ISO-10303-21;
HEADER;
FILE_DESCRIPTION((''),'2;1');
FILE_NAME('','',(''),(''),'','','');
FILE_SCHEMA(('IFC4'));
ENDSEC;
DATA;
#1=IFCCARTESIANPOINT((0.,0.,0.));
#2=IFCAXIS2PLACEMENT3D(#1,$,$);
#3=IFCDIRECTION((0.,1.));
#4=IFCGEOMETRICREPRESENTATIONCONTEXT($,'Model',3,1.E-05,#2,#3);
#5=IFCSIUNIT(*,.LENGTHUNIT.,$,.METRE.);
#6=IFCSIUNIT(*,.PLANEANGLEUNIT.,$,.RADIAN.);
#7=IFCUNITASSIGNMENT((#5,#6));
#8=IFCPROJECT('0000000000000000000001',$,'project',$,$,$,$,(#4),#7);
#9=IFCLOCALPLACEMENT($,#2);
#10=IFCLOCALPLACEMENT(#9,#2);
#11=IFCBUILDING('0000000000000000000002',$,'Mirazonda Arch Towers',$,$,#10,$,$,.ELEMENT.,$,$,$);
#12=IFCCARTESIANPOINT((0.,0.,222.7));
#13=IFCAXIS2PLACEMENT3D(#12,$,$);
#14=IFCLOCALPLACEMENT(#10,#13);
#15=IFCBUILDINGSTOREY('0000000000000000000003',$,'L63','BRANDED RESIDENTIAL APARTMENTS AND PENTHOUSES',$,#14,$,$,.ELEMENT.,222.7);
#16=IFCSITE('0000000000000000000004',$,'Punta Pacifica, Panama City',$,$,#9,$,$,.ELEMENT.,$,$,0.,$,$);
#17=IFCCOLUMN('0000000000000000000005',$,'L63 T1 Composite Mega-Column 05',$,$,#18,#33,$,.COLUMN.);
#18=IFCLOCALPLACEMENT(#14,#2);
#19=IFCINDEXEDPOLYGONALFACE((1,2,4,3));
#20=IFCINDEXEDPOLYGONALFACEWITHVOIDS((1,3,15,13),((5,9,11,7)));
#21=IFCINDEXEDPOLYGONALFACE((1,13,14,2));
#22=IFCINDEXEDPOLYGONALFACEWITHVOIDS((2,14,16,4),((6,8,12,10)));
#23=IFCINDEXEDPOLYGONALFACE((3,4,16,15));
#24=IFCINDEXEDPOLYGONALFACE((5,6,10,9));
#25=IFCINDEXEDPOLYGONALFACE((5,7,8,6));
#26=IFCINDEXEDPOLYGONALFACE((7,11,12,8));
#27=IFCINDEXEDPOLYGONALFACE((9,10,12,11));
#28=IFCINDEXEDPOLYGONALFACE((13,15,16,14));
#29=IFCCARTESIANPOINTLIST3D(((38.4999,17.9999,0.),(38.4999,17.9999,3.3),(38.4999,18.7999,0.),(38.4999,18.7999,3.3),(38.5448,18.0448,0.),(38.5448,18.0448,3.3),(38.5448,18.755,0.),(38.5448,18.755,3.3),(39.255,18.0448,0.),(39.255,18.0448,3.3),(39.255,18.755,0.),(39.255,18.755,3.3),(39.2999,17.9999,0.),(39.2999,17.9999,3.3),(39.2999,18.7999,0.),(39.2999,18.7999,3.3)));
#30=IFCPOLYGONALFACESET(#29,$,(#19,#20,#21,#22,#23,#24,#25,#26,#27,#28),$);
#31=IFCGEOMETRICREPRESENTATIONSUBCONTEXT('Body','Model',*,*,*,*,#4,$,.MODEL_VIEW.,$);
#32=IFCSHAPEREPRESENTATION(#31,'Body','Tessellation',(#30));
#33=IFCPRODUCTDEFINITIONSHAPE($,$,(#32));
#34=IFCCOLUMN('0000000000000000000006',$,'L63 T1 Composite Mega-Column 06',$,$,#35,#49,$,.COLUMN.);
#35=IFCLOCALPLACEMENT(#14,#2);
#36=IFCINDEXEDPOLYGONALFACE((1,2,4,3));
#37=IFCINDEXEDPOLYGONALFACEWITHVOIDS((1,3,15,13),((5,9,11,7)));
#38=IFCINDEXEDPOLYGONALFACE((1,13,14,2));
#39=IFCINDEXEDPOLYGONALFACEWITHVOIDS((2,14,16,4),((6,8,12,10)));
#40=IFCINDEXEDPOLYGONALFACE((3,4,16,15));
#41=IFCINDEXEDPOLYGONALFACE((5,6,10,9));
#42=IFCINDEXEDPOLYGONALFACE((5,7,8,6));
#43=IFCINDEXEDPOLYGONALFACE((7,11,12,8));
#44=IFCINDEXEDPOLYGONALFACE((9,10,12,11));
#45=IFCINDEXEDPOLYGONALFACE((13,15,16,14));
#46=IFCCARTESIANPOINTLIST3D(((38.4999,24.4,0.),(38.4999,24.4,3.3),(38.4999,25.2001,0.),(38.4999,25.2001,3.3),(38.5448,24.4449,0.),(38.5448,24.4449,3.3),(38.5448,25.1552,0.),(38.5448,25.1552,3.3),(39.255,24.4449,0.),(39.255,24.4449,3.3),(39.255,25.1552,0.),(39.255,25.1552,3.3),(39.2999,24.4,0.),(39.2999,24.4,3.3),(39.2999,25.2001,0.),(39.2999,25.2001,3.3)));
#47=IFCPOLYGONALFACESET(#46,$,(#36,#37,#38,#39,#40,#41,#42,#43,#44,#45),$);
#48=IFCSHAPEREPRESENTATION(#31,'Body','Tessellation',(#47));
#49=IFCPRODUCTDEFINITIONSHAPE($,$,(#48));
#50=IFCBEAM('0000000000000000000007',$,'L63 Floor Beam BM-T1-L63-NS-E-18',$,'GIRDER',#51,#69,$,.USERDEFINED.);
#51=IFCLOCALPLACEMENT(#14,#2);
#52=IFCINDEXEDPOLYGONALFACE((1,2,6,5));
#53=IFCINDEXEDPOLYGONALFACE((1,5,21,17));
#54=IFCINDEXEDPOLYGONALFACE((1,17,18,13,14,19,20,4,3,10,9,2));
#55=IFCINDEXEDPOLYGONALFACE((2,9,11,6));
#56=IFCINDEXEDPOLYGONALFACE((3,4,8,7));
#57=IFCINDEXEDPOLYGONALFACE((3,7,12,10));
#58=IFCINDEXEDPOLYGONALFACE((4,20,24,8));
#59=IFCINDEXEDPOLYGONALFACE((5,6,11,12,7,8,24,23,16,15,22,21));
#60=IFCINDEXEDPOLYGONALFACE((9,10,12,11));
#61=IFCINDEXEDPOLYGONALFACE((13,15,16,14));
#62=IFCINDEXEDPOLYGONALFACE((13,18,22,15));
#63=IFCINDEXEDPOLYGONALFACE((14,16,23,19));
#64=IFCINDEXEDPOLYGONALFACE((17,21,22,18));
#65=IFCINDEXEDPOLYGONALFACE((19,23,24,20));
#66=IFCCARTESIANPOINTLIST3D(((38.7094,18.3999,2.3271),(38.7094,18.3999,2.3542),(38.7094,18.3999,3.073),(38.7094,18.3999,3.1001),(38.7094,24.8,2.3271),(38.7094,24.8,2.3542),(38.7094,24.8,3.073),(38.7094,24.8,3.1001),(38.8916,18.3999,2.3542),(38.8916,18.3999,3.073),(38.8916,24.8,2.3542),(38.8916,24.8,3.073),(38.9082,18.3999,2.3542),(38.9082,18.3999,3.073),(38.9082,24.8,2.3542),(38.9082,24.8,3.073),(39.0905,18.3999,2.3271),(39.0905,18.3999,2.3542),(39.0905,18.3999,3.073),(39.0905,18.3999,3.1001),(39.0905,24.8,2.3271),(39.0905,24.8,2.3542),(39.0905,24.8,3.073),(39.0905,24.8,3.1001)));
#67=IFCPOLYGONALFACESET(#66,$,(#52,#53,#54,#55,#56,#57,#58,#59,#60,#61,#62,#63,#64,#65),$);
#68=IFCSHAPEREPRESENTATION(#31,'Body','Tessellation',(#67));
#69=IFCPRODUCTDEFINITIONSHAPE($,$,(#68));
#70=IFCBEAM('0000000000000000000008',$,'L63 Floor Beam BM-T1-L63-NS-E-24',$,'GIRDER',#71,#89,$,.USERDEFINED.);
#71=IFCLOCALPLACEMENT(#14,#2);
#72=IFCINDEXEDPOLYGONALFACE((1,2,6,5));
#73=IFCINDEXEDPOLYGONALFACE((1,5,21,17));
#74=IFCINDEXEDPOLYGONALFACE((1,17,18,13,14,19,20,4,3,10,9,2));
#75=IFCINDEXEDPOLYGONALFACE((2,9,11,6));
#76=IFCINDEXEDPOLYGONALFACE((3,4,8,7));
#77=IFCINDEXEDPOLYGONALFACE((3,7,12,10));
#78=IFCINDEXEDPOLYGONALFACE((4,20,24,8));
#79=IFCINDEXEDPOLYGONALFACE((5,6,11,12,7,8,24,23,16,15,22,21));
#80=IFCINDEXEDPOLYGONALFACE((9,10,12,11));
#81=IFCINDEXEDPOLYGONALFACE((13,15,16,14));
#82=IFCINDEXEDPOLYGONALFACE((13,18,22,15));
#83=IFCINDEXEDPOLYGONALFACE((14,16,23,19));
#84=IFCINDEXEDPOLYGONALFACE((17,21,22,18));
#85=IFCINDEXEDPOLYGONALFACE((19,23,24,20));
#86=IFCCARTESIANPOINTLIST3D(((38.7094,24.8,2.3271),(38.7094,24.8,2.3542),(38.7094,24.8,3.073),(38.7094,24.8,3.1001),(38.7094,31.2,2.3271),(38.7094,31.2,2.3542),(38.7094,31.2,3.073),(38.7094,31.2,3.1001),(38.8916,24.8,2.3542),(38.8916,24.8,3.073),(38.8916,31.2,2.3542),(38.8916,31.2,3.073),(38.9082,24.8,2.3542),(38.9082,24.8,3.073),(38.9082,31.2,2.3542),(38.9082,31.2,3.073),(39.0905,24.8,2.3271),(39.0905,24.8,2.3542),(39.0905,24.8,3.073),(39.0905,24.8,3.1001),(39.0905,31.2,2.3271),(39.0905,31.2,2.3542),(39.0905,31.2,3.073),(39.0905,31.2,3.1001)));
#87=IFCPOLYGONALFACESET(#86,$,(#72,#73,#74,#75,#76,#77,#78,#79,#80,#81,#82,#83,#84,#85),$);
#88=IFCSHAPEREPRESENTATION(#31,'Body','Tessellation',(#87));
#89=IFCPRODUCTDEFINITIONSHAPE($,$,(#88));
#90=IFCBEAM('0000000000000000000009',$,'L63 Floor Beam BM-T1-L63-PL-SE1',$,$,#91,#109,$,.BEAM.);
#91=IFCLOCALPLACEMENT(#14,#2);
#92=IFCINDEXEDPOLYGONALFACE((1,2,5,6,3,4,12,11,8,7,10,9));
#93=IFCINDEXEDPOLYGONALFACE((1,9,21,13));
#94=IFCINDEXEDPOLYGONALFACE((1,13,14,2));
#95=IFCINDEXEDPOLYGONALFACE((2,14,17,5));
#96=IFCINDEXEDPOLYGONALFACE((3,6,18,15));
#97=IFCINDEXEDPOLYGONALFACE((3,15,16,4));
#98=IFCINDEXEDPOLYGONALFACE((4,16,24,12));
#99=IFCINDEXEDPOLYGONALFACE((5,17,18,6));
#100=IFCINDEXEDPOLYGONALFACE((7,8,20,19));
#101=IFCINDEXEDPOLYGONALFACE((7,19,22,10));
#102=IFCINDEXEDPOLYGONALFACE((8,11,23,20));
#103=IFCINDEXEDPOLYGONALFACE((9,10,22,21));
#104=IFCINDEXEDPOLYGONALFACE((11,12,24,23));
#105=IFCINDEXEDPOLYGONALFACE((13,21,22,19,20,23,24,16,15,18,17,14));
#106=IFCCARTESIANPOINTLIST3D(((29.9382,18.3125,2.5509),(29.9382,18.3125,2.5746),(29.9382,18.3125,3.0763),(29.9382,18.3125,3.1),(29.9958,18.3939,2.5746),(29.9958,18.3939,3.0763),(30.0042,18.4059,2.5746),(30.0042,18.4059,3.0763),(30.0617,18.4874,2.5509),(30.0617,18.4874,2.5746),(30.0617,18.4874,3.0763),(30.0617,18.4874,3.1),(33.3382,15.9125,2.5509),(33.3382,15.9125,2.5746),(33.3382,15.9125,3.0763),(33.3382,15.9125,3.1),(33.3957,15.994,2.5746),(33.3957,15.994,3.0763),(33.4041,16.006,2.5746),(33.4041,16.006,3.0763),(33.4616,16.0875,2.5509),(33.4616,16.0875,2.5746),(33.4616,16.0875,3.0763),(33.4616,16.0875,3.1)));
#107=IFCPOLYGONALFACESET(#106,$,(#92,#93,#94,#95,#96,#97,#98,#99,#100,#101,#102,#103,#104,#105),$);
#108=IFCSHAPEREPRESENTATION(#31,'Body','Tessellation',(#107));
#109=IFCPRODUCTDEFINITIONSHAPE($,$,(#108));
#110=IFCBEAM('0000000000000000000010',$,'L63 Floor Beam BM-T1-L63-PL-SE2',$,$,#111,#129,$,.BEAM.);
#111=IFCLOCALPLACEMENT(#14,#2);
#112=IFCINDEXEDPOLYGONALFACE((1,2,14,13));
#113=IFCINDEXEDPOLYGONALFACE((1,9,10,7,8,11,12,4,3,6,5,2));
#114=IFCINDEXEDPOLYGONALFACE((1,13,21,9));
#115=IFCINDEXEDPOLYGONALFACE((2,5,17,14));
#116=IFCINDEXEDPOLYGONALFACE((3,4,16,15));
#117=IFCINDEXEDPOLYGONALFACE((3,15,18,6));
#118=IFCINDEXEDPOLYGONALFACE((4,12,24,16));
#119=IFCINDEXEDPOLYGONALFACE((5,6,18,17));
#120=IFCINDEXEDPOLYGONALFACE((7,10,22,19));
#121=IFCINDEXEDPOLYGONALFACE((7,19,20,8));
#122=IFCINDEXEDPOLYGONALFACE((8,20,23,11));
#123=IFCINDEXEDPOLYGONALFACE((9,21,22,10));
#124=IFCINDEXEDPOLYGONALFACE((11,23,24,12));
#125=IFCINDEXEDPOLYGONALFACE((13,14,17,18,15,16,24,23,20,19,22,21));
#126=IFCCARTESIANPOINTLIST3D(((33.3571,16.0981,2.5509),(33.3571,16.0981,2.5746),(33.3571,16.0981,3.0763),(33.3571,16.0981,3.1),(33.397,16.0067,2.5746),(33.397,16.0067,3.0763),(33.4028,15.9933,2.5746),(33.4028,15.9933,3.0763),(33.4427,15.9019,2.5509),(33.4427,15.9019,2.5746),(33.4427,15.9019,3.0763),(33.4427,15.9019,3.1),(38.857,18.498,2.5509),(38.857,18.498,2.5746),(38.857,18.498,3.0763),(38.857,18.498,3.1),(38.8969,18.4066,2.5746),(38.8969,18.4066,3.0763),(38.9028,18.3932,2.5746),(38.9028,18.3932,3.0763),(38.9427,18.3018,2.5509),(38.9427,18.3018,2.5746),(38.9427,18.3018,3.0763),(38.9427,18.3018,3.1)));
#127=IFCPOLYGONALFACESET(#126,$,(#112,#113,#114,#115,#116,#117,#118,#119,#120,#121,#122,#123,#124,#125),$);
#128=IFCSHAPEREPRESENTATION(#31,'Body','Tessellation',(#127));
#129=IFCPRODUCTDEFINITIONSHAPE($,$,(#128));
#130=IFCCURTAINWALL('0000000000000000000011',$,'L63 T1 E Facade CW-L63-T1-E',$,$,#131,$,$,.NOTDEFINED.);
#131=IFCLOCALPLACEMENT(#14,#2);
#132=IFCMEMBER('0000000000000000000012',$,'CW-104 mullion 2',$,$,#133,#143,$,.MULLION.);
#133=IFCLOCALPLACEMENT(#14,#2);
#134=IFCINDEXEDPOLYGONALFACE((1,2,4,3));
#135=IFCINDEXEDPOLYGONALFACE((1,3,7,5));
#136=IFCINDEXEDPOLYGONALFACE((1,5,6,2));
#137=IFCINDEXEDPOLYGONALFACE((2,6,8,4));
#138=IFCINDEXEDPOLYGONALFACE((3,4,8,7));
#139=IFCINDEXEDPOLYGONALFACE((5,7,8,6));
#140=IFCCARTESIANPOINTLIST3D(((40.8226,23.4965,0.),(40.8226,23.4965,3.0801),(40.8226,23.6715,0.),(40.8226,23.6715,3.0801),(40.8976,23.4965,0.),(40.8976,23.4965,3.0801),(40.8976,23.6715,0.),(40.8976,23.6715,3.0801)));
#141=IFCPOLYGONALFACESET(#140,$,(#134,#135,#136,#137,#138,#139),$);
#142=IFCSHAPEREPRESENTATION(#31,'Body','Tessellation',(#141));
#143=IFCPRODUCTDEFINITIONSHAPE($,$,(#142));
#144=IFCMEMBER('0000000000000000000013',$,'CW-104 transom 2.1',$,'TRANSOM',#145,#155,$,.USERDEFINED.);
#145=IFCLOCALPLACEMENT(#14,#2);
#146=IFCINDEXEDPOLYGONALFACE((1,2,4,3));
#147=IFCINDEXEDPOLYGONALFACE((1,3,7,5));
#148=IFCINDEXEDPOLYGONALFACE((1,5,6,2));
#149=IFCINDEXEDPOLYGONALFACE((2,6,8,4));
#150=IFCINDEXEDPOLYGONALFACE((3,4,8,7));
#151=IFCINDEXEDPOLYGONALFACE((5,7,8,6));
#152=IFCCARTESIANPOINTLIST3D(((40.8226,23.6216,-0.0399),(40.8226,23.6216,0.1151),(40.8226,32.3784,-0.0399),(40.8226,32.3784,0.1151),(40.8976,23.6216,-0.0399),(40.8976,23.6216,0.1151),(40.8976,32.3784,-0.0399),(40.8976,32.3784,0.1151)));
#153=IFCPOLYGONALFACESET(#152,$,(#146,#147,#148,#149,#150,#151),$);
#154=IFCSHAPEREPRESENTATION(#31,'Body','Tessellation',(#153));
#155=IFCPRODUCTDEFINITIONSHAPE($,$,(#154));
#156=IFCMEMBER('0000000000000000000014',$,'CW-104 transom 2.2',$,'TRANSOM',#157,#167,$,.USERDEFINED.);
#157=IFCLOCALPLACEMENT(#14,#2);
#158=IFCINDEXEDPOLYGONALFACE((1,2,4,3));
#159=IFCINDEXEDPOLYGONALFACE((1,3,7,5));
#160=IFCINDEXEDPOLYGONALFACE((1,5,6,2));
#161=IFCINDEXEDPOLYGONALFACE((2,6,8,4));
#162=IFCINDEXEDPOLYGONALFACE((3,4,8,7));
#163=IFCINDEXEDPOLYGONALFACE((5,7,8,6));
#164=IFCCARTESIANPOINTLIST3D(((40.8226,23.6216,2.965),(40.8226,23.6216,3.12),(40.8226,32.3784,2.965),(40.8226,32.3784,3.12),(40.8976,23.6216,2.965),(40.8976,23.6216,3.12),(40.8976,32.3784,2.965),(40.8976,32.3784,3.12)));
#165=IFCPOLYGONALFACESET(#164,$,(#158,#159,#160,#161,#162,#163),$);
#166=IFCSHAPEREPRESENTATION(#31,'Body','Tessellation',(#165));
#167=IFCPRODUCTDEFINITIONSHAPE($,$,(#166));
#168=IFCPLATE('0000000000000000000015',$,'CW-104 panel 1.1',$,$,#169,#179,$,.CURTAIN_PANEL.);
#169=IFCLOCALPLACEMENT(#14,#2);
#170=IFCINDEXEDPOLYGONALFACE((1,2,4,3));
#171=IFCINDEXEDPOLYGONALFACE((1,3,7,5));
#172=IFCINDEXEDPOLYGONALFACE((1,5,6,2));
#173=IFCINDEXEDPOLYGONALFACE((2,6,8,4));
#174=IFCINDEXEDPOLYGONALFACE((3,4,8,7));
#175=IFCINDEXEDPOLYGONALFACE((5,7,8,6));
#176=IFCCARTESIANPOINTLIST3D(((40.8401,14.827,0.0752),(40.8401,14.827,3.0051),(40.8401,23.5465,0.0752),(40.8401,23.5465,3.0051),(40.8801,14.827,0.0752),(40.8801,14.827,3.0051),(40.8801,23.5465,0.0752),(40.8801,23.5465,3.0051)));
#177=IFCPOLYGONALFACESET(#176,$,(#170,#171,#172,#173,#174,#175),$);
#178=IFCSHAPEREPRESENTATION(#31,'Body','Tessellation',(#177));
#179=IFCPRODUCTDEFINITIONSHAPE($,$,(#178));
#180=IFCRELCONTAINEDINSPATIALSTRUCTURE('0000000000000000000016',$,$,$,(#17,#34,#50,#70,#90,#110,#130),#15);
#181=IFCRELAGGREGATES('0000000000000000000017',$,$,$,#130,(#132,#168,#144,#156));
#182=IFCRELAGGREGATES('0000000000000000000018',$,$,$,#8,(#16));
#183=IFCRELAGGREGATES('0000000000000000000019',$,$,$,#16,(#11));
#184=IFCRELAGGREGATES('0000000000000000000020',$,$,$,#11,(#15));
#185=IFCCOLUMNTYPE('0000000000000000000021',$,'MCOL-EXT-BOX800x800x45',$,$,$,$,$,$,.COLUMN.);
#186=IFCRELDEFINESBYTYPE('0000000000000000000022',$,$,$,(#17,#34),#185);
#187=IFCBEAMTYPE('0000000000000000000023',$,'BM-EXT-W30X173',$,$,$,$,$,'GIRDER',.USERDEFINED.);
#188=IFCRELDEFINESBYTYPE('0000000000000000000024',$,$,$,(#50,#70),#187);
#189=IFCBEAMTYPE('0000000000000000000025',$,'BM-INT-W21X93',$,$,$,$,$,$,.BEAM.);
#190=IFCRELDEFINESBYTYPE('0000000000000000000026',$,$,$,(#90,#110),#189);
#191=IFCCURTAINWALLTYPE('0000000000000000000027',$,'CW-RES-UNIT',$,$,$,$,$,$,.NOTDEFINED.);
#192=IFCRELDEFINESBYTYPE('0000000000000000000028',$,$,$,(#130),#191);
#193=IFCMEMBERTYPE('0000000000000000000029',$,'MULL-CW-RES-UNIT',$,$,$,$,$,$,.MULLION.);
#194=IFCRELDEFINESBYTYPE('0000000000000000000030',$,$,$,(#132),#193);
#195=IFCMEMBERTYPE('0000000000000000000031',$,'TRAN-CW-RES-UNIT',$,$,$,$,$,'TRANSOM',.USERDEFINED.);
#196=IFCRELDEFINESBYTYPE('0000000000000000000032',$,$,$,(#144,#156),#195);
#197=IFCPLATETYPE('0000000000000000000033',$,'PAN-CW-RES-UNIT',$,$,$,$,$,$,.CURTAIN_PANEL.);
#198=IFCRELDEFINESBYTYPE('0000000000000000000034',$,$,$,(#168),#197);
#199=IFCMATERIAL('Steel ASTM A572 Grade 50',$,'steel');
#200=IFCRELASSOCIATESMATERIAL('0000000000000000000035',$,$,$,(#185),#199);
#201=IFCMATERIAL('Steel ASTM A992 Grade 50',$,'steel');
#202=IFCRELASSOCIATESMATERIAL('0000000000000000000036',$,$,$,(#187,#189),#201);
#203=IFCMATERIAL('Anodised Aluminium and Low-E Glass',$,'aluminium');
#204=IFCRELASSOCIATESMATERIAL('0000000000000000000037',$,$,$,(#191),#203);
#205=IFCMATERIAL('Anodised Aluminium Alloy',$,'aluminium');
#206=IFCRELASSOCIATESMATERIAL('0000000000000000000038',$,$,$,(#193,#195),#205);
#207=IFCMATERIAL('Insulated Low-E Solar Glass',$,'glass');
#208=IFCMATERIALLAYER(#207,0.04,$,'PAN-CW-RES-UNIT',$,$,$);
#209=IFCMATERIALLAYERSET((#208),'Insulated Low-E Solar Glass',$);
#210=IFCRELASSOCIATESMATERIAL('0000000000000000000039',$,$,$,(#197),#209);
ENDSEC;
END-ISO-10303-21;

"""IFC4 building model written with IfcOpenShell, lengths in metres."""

from ifc_helpers import new_model, si_unit, direction, frame, origin, origin_2d, place, context, subcontext, project, spatial, rectangle, hollow_rectangle, i_section, extrude, material, layer, layer_set, material_profile, profile_set, type_object, element, aggregate, save


model = new_model("IFC4")

# Units and contexts
model_context = context("Model", 3, precision=1e-05, world=origin(), true_north=direction((0.0, 1.0)))
body_context = subcontext(model_context, "Body", "Model", "MODEL_VIEW")
ifc_project = project(units=[si_unit("LENGTHUNIT", "METRE"), si_unit("PLANEANGLEUNIT", "RADIAN")], contexts=[model_context])

# Site, building, storey
site_placement = place(None, origin())
site = spatial("IfcSite", under=ifc_project, at=site_placement, Name="Punta Pacifica, Panama City", CompositionType="ELEMENT", RefElevation=0.0)
building_placement = place(site_placement, origin())
building = spatial("IfcBuilding", under=site, at=building_placement, Name="Mirazonda Arch Towers", CompositionType="ELEMENT")
storey_placement = place(building_placement, frame((0.0, 0.0, 222.7)))
storey = spatial("IfcBuildingStorey", under=building, at=storey_placement, Name="L63", Description="BRANDED RESIDENTIAL APARTMENTS AND PENTHOUSES", CompositionType="ELEMENT", Elevation=222.7)

# Columns
ifc_material_1 = material(Name="Steel ASTM A572 Grade 50", Category="steel")
ifc_material_profile_1 = material_profile(ifc_material_1, hollow_rectangle(XDim=0.8, YDim=0.8, WallThickness=0.0449, at=origin_2d()), Name="BOX800x800x45")
ifc_profile_set_1 = profile_set([ifc_material_profile_1], Name="Steel ASTM A572 Grade 50")
column_type = type_object("IfcColumnType", Name="MCOL-EXT-BOX800x800x45", PredefinedType="COLUMN", material=ifc_profile_set_1)
for number, where, z_axis, x_axis, name in (
    (1, (38.8999, 18.3999, 0.0), (0.0, 0.0, 1.0), (1.0, 0.0, 0.0), "L63 T1 Composite Mega-Column 05"),
    (2, (38.8999, 24.8, 0.0), (0.0, 0.0, 1.0), (1.0, 0.0, 0.0), "L63 T1 Composite Mega-Column 06"),
):
    element("IfcColumn", number, at=place(storey_placement, frame(where, z_axis=z_axis, x_axis=x_axis)), inside=storey, type_object=column_type, Name=name, PredefinedType="COLUMN", context=body_context, shape_type="SweptSolid", body=[
        extrude(hollow_rectangle(XDim=0.8, YDim=0.8, WallThickness=0.0449, at=origin_2d()), origin(), (0.0, 0.0, 1.0), 3.3),
    ])

# Beams
ifc_material_2 = material(Name="Steel ASTM A992 Grade 50", Category="steel")
ifc_material_profile_2 = material_profile(ifc_material_2, i_section(OverallWidth=0.3811, OverallDepth=0.7729, WebThickness=0.0166, FlangeThickness=0.0271, at=origin_2d()), Name="W30X173")
ifc_profile_set_2 = profile_set([ifc_material_profile_2], Name="Steel ASTM A992 Grade 50")
beam_type_1 = type_object("IfcBeamType", Name="BM-EXT-W30X173", ElementType="GIRDER", PredefinedType="USERDEFINED", material=ifc_profile_set_2)
beam_1_placement = place(storey_placement, frame((38.8999, 18.3999, 2.7136), z_axis=(0.0, 1.0, 0.0), x_axis=(-1.0, 0.0, 0.0)))
element("IfcBeam", 3, at=beam_1_placement, inside=storey, type_object=beam_type_1, Name="L63 Floor Beam BM-T1-L63-NS-E-18", ObjectType="GIRDER", PredefinedType="USERDEFINED", context=body_context, shape_type="SweptSolid", body=[
    extrude(i_section(OverallWidth=0.3811, OverallDepth=0.7729, WebThickness=0.0166, FlangeThickness=0.0271, at=origin_2d()), origin(), (0.0, 0.0, 1.0), 6.4001),
])
beam_2_placement = place(storey_placement, frame((38.8999, 24.8, 2.7136), z_axis=(0.0, 1.0, 0.0), x_axis=(-1.0, 0.0, 0.0)))
element("IfcBeam", 4, at=beam_2_placement, inside=storey, type_object=beam_type_1, Name="L63 Floor Beam BM-T1-L63-NS-E-24", ObjectType="GIRDER", PredefinedType="USERDEFINED", context=body_context, shape_type="SweptSolid", body=[
    extrude(i_section(OverallWidth=0.3811, OverallDepth=0.7729, WebThickness=0.0166, FlangeThickness=0.0271, at=origin_2d()), origin(), (0.0, 0.0, 1.0), 6.3999),
])
ifc_material_profile_3 = material_profile(ifc_material_2, i_section(OverallWidth=0.2141, OverallDepth=0.5491, WebThickness=0.0146, FlangeThickness=0.0237, at=origin_2d()), Name="W21X93")
ifc_profile_set_3 = profile_set([ifc_material_profile_3], Name="Steel ASTM A992 Grade 50")
beam_type_2 = type_object("IfcBeamType", Name="BM-INT-W21X93", PredefinedType="BEAM", material=ifc_profile_set_3)
beam_3_placement = place(storey_placement, frame((33.3999, 16.0, 2.8254), z_axis=(-0.816971, 0.576679, 0.0), x_axis=(-0.576679, -0.816971, 0.0)))
element("IfcBeam", 5, at=beam_3_placement, inside=storey, type_object=beam_type_2, Name="L63 Floor Beam BM-T1-L63-PL-SE1", PredefinedType="BEAM", context=body_context, shape_type="SweptSolid", body=[
    extrude(i_section(OverallWidth=0.2141, OverallDepth=0.5491, WebThickness=0.0146, FlangeThickness=0.0237, at=origin_2d()), origin(), (0.0, 0.0, 1.0), 4.1616),
])
beam_4_placement = place(storey_placement, frame((33.3999, 16.0, 2.8254), z_axis=(0.916545, 0.399931, 0.0), x_axis=(-0.399931, 0.916545, 0.0)))
element("IfcBeam", 6, at=beam_4_placement, inside=storey, type_object=beam_type_2, Name="L63 Floor Beam BM-T1-L63-PL-SE2", PredefinedType="BEAM", context=body_context, shape_type="SweptSolid", body=[
    extrude(i_section(OverallWidth=0.2141, OverallDepth=0.5491, WebThickness=0.0146, FlangeThickness=0.0237, at=origin_2d()), origin(), (0.0, 0.0, 1.0), 6.0007),
])

# Curtain wall, members, plate
ifc_material_3 = material(Name="Anodised Aluminium and Low-E Glass", Category="aluminium")
curtain_wall_type = type_object("IfcCurtainWallType", Name="CW-RES-UNIT", PredefinedType="NOTDEFINED", material=ifc_material_3)
curtain_wall_placement = place(storey_placement, origin())
curtain_wall = element("IfcCurtainWall", 7, at=curtain_wall_placement, inside=storey, type_object=curtain_wall_type, Name="L63 T1 E Facade CW-L63-T1-E", PredefinedType="NOTDEFINED")
ifc_material_4 = material(Name="Anodised Aluminium Alloy", Category="aluminium")
ifc_material_profile_4 = material_profile(ifc_material_4, rectangle(XDim=0.075, YDim=0.175, at=origin_2d()), Name="ALU-MULL-75x175")
ifc_profile_set_4 = profile_set([ifc_material_profile_4], Name="Anodised Aluminium Alloy")
member_type_1 = type_object("IfcMemberType", Name="MULL-CW-RES-UNIT", PredefinedType="MULLION", material=ifc_profile_set_4)
member_1_placement = place(storey_placement, frame((40.8601, 23.584, 0.0), z_axis=(0.0, 0.0, 1.0), x_axis=(-1.0, 0.0, 0.0)))
member_1 = element("IfcMember", 8, at=member_1_placement, type_object=member_type_1, Name="CW-104 mullion 2", PredefinedType="MULLION", context=body_context, shape_type="SweptSolid", body=[
    extrude(rectangle(XDim=0.075, YDim=0.175, at=origin_2d()), origin(), (0.0, 0.0, 1.0), 3.0801),
])
ifc_material_profile_5 = material_profile(ifc_material_4, rectangle(XDim=0.075, YDim=0.155, at=origin_2d()), Name="ALU-TRAN-75x155")
ifc_profile_set_5 = profile_set([ifc_material_profile_5], Name="Anodised Aluminium Alloy")
member_type_2 = type_object("IfcMemberType", Name="TRAN-CW-RES-UNIT", ElementType="TRANSOM", PredefinedType="USERDEFINED", material=ifc_profile_set_5)
member_2_placement = place(storey_placement, frame((40.8601, 23.6216, 0.0376), z_axis=(0.0, 1.0, 0.0), x_axis=(-1.0, 0.0, 0.0)))
member_2 = element("IfcMember", 9, at=member_2_placement, type_object=member_type_2, Name="CW-104 transom 2.1", ObjectType="TRANSOM", PredefinedType="USERDEFINED", context=body_context, shape_type="SweptSolid", body=[
    extrude(rectangle(XDim=0.075, YDim=0.155, at=origin_2d()), origin(), (0.0, 0.0, 1.0), 8.7568),
])
member_3_placement = place(storey_placement, frame((40.8601, 23.6216, 3.0425), z_axis=(0.0, 1.0, 0.0), x_axis=(-1.0, 0.0, 0.0)))
member_3 = element("IfcMember", 10, at=member_3_placement, type_object=member_type_2, Name="CW-104 transom 2.2", ObjectType="TRANSOM", PredefinedType="USERDEFINED", context=body_context, shape_type="SweptSolid", body=[
    extrude(rectangle(XDim=0.075, YDim=0.155, at=origin_2d()), origin(), (0.0, 0.0, 1.0), 8.7568),
])
ifc_material_5 = material(Name="Insulated Low-E Solar Glass", Category="glass")
ifc_layer_1 = layer(ifc_material_5, 0.04, Name="PAN-CW-RES-UNIT")
ifc_layer_set_1 = layer_set([ifc_layer_1], Name="Insulated Low-E Solar Glass")
plate_type = type_object("IfcPlateType", Name="PAN-CW-RES-UNIT", PredefinedType="CURTAIN_PANEL", material=ifc_layer_set_1)
plate_placement = place(storey_placement, frame((40.8601, 19.1868, 0.0752), z_axis=(0.0, 0.0, 1.0), x_axis=(0.0, 1.0, 0.0)))
plate = element("IfcPlate", 11, at=plate_placement, type_object=plate_type, Name="CW-104 panel 1.1", PredefinedType="CURTAIN_PANEL", context=body_context, shape_type="SweptSolid", body=[
    extrude(rectangle(XDim=8.7195, YDim=0.04, at=origin_2d()), origin(), (0.0, 0.0, 1.0), 2.9299),
])
aggregate(curtain_wall, [member_1, plate, member_2, member_3])

save(model, "model.ifc")
